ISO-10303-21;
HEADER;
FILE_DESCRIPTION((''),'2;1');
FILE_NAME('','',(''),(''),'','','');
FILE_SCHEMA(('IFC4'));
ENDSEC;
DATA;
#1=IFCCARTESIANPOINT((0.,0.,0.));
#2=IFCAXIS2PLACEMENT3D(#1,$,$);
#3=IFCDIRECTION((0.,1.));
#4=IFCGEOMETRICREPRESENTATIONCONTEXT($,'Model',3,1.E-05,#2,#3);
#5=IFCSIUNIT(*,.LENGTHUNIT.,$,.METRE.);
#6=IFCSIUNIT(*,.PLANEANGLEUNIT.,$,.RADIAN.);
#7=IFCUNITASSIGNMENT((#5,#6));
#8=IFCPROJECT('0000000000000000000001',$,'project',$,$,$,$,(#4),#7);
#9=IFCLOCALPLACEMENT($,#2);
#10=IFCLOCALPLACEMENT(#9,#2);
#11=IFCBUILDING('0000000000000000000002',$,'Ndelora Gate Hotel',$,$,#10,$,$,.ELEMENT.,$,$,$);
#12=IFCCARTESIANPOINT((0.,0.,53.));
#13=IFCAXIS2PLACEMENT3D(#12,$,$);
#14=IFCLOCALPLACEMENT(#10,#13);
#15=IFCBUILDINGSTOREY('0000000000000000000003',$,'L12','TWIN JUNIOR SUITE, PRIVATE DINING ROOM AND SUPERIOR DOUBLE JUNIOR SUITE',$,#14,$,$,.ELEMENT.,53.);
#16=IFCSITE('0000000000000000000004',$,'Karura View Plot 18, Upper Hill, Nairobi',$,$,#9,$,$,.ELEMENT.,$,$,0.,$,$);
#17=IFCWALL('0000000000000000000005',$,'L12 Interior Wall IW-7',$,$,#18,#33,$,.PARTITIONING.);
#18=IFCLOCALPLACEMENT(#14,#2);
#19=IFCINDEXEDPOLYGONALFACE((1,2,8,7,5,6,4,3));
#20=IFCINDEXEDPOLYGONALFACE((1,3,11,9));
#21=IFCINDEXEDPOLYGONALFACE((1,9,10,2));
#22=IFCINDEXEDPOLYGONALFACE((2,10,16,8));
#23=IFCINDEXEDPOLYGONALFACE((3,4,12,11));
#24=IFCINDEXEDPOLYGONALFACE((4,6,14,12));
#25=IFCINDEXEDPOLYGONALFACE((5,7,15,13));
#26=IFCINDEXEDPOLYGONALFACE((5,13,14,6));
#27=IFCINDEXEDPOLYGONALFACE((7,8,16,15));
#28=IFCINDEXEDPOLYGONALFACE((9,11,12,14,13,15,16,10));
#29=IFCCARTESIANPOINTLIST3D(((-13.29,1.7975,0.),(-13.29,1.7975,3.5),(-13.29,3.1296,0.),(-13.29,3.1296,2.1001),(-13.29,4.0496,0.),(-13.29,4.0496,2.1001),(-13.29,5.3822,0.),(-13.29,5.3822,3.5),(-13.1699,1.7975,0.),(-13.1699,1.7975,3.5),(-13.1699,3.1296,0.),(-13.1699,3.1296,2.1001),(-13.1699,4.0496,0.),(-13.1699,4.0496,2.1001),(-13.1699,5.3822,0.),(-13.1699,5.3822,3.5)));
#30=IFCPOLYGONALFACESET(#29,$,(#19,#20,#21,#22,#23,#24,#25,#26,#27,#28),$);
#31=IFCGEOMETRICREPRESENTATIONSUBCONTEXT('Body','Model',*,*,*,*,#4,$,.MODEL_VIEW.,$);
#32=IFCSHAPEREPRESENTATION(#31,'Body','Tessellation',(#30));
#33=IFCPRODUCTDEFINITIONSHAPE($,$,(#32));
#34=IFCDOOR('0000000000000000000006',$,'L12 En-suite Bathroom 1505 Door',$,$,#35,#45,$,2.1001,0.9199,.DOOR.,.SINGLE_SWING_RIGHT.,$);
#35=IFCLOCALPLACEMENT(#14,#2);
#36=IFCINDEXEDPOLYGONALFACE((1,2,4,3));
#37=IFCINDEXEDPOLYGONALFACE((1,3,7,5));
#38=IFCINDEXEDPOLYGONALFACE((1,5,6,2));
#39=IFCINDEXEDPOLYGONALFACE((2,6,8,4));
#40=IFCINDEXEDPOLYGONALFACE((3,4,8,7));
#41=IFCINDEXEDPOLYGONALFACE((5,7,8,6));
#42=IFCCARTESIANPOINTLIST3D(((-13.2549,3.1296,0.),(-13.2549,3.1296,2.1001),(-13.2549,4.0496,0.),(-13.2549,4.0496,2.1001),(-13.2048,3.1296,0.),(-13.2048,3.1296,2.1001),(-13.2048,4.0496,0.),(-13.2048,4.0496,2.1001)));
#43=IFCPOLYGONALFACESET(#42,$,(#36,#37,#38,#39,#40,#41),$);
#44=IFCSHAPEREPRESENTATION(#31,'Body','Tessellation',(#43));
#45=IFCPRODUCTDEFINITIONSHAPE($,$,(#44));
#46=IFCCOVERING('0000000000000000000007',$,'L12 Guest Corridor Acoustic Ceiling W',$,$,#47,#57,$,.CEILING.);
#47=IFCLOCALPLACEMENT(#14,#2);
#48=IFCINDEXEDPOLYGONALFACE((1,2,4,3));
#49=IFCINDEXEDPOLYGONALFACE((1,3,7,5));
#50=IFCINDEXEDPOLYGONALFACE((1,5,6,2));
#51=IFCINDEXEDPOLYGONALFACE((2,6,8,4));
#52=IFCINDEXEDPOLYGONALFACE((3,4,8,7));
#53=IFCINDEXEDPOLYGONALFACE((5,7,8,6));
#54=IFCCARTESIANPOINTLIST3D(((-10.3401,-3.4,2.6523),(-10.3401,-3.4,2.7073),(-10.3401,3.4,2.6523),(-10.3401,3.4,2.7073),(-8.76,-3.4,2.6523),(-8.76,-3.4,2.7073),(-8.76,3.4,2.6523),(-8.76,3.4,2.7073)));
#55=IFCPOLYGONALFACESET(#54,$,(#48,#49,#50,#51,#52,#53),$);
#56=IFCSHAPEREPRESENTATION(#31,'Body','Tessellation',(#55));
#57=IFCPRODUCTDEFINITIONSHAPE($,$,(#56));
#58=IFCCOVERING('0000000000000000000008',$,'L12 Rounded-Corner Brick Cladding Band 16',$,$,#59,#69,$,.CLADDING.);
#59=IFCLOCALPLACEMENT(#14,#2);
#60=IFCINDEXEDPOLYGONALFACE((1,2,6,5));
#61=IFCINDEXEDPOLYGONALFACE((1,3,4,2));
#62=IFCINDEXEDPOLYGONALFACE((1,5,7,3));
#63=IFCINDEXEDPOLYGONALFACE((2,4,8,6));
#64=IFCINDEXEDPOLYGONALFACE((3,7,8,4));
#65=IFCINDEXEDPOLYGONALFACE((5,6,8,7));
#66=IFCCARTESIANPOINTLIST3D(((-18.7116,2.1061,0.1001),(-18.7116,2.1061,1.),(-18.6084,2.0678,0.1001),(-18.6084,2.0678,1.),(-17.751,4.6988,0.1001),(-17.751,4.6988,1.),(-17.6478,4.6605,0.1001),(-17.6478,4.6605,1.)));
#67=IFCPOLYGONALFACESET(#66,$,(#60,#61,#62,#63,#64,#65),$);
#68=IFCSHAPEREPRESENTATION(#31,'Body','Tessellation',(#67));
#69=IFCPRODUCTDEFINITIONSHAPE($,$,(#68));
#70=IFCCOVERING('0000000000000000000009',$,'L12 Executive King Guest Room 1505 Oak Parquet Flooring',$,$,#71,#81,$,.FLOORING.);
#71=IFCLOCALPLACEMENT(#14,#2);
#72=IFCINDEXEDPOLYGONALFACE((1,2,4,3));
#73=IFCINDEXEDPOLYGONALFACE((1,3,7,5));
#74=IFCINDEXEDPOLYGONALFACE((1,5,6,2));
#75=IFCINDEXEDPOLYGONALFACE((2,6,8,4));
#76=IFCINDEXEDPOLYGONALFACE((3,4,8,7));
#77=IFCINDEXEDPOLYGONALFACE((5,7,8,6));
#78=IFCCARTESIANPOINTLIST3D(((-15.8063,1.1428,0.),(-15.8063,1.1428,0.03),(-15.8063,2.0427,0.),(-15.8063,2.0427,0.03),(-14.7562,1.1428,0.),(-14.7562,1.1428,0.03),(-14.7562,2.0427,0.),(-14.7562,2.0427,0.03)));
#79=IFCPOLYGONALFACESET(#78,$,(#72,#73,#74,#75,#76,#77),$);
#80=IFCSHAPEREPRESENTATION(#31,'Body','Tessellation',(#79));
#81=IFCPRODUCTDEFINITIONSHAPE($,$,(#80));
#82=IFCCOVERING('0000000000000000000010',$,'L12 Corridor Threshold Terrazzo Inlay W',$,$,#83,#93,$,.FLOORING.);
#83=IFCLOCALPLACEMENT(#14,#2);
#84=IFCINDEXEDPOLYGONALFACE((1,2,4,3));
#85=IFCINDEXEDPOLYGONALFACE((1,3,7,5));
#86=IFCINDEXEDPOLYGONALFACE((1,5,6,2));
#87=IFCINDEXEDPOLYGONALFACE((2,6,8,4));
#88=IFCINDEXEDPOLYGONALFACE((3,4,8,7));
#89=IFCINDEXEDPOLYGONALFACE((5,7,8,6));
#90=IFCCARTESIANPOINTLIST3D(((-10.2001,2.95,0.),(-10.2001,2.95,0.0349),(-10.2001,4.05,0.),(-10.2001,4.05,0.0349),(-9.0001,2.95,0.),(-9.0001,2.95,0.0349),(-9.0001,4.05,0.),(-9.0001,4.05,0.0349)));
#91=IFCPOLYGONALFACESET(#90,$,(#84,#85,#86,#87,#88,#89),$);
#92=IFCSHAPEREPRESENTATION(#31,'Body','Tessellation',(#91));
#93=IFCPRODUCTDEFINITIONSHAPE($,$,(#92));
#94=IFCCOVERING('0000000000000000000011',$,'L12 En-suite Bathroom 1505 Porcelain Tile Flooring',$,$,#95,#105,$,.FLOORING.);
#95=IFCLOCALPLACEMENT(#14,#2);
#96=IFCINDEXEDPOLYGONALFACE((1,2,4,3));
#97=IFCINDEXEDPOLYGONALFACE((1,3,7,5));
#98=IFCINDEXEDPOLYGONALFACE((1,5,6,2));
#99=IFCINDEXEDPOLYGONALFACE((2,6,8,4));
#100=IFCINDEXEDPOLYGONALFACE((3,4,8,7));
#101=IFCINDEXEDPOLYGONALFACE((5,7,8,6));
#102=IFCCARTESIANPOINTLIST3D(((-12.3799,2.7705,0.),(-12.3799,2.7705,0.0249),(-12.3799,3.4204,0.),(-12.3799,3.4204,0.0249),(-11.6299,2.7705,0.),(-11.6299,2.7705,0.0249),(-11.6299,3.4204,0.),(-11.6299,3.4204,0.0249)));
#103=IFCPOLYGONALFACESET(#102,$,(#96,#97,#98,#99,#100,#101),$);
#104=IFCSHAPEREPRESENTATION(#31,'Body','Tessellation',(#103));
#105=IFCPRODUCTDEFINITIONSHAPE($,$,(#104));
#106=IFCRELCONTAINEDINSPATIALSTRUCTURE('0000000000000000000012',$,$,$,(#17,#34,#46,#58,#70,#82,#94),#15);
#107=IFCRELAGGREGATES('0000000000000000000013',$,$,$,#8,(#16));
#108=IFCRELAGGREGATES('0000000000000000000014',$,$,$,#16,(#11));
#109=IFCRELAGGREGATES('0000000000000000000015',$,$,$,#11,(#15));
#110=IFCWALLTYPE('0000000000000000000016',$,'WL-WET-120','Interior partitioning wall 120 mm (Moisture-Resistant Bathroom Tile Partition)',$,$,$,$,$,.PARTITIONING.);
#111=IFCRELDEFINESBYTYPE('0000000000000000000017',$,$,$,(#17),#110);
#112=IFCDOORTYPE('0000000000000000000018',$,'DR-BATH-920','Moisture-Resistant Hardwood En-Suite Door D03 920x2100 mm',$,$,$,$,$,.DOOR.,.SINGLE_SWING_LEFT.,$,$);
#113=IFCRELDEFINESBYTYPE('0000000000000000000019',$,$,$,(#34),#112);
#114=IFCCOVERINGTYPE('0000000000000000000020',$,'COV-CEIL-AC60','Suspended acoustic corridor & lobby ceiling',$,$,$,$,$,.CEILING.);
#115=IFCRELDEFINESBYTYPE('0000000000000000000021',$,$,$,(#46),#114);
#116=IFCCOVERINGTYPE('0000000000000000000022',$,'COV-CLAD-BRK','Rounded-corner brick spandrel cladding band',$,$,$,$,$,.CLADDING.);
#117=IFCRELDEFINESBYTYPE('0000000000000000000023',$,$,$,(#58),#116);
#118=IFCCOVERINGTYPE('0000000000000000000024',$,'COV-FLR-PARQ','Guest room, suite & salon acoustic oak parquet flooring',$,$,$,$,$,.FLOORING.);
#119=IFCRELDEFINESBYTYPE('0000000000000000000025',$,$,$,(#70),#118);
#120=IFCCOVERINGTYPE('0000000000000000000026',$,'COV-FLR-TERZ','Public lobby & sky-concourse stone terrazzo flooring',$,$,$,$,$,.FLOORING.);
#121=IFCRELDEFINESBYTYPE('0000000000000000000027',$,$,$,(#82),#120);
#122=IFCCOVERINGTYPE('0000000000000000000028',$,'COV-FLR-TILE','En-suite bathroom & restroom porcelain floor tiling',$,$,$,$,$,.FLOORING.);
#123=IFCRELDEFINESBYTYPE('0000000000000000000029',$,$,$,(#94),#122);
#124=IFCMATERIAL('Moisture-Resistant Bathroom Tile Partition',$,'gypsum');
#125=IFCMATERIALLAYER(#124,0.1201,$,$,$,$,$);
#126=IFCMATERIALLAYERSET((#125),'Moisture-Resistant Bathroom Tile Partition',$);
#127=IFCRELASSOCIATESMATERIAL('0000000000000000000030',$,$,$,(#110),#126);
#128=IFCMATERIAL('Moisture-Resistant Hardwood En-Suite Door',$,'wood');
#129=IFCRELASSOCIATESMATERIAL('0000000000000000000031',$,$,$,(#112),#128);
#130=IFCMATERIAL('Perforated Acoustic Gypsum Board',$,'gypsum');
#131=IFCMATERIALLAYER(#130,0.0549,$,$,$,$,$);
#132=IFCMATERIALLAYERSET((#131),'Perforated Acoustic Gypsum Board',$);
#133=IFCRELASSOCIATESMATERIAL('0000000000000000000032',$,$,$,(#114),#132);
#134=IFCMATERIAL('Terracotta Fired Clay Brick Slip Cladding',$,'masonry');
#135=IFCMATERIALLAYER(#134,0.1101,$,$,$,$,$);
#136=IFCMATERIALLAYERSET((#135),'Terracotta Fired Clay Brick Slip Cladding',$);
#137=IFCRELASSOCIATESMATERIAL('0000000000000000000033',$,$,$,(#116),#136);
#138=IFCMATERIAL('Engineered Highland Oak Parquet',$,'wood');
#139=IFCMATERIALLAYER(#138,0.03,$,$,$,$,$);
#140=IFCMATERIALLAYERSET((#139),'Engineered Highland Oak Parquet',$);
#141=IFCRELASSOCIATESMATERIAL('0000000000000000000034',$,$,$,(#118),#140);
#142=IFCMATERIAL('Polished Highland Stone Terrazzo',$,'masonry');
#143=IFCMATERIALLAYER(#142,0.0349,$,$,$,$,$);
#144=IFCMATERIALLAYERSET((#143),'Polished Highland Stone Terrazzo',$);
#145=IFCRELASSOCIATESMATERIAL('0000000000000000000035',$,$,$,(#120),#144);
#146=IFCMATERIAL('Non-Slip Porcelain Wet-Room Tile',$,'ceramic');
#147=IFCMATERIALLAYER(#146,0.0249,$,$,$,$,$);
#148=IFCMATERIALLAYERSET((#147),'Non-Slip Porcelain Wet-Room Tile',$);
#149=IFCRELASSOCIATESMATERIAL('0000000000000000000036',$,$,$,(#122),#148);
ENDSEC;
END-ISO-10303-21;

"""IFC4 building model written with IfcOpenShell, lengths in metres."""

from ifc_helpers import new_model, si_unit, direction, frame, frame_2d, origin, origin_2d, place, context, subcontext, project, spatial, rectangle, extrude, material, layer, layer_set, type_object, element, fill, save


model = new_model("IFC4")

# Units and contexts
model_context = context("Model", 3, precision=1e-05, world=origin(), true_north=direction((0.0, 1.0)))
body_context = subcontext(model_context, "Body", "Model", "MODEL_VIEW")
ifc_project = project(units=[si_unit("LENGTHUNIT", "METRE"), si_unit("PLANEANGLEUNIT", "RADIAN")], contexts=[model_context])

# Site, building, storey
site_placement = place(None, origin())
site = spatial("IfcSite", under=ifc_project, at=site_placement, Name="Karura View Plot 18, Upper Hill, Nairobi", CompositionType="ELEMENT", RefElevation=0.0)
building_placement = place(site_placement, origin())
building = spatial("IfcBuilding", under=site, at=building_placement, Name="Ndelora Gate Hotel", CompositionType="ELEMENT")
storey_placement = place(building_placement, frame((0.0, 0.0, 53.0)))
storey = spatial("IfcBuildingStorey", under=building, at=storey_placement, Name="L12", Description="TWIN JUNIOR SUITE, PRIVATE DINING ROOM AND SUPERIOR DOUBLE JUNIOR SUITE", CompositionType="ELEMENT", Elevation=53.0)

# Shared definitions
ifc_material_1 = material(Name="Moisture-Resistant Bathroom Tile Partition", Category="gypsum")
ifc_layer_1 = layer(ifc_material_1, 0.1201)
ifc_layer_set_1 = layer_set([ifc_layer_1], Name="Moisture-Resistant Bathroom Tile Partition")
wall_type_1 = type_object("IfcWallType", Name="WL-WET-120", Description="Interior partitioning wall 120 mm (Moisture-Resistant Bathroom Tile Partition)", PredefinedType="PARTITIONING", material=ifc_layer_set_1)

# Wall, opening, door
wall_1_placement = place(storey_placement, frame((-13.23, 1.7974, 0.0), z_axis=(0.0, 0.0, 1.0), x_axis=(0.0, 1.0, 0.0)))
wall_1 = element("IfcWall", 1, at=wall_1_placement, inside=storey, type_object=wall_type_1, Name="L12 Interior Wall IW-7", PredefinedType="PARTITIONING", context=body_context, shape_type="SweptSolid", body=[
    extrude(rectangle(XDim=3.5847, YDim=0.1201, at=frame_2d((1.7925, 0.0))), origin(), (0.0, 0.0, 1.0), 3.5),
])
opening_1_placement = place(wall_1_placement, frame((1.3323, 0.0, 0.0)))
opening_1 = element("IfcOpeningElement", 2, at=opening_1_placement, cuts=wall_1, PredefinedType="OPENING", context=body_context, shape_type="SweptSolid", body=[
    extrude(rectangle(XDim=0.9199, YDim=2.1001, at=frame_2d((0.46, 1.05))), frame((0.0, 0.0701, 0.0), z_axis=(0.0, -1.0, 0.0), x_axis=(1.0, 0.0, 0.0)), (0.0, 0.0, 1.0), 0.1401),
])
ifc_material_2 = material(Name="Moisture-Resistant Hardwood En-Suite Door", Category="wood")
door_type_1 = type_object("IfcDoorType", Name="DR-BATH-920", Description="Moisture-Resistant Hardwood En-Suite Door D03 920x2100 mm", OperationType="SINGLE_SWING_LEFT", PredefinedType="DOOR", material=ifc_material_2)
door_1_placement = place(opening_1_placement, origin())
door_1 = element("IfcDoor", 3, at=door_1_placement, inside=storey, type_object=door_type_1, Name="L12 En-suite Bathroom 1505 Door", OperationType="SINGLE_SWING_RIGHT", OverallHeight=2.1001, OverallWidth=0.9199, PredefinedType="DOOR", context=body_context, shape_type="SweptSolid", body=[
    extrude(rectangle(XDim=0.9199, YDim=2.1001, at=frame_2d((0.46, 1.05))), frame((0.0, 0.0249, 0.0), z_axis=(0.0, -1.0, 0.0), x_axis=(1.0, 0.0, 0.0)), (0.0, 0.0, 1.0), 0.05),
])
fill(opening_1, door_1)

# Coverings
ifc_material_3 = material(Name="Perforated Acoustic Gypsum Board", Category="gypsum")
ifc_layer_2 = layer(ifc_material_3, 0.0549)
ifc_layer_set_2 = layer_set([ifc_layer_2], Name="Perforated Acoustic Gypsum Board")
covering_type_1 = type_object("IfcCoveringType", Name="COV-CEIL-AC60", Description="Suspended acoustic corridor & lobby ceiling", PredefinedType="CEILING", material=ifc_layer_set_2)
covering_1_placement = place(storey_placement, frame((-9.55, 0.0, 2.6523), z_axis=(0.0, 0.0, 1.0), x_axis=(1.0, 0.0, 0.0)))
element("IfcCovering", 4, at=covering_1_placement, inside=storey, type_object=covering_type_1, Name="L12 Guest Corridor Acoustic Ceiling W", PredefinedType="CEILING", context=body_context, shape_type="SweptSolid", body=[
    extrude(rectangle(XDim=1.5801, YDim=6.8, at=origin_2d()), origin(), (0.0, 0.0, 1.0), 0.0549),
])
ifc_material_4 = material(Name="Terracotta Fired Clay Brick Slip Cladding", Category="masonry")
ifc_layer_3 = layer(ifc_material_4, 0.1101)
ifc_layer_set_3 = layer_set([ifc_layer_3], Name="Terracotta Fired Clay Brick Slip Cladding")
covering_type_2 = type_object("IfcCoveringType", Name="COV-CLAD-BRK", Description="Rounded-corner brick spandrel cladding band", PredefinedType="CLADDING", material=ifc_layer_set_3)
covering_2_placement = place(storey_placement, frame((-18.1797, 3.3833, 0.1001), z_axis=(0.0, 0.0, 1.0), x_axis=(0.347427, 0.937707, 0.0)))
element("IfcCovering", 5, at=covering_2_placement, inside=storey, type_object=covering_type_2, Name="L12 Rounded-Corner Brick Cladding Band 16", PredefinedType="CLADDING", context=body_context, shape_type="SweptSolid", body=[
    extrude(rectangle(XDim=2.7649, YDim=0.1101, at=origin_2d()), origin(), (0.0, 0.0, 1.0), 0.8999),
])
ifc_material_5 = material(Name="Engineered Highland Oak Parquet", Category="wood")
ifc_layer_4 = layer(ifc_material_5, 0.03)
ifc_layer_set_4 = layer_set([ifc_layer_4], Name="Engineered Highland Oak Parquet")
covering_type_3 = type_object("IfcCoveringType", Name="COV-FLR-PARQ", Description="Guest room, suite & salon acoustic oak parquet flooring", PredefinedType="FLOORING", material=ifc_layer_set_4)
covering_3_placement = place(storey_placement, frame((-15.2812, 1.5928, 0.0), z_axis=(0.0, 0.0, 1.0), x_axis=(1.0, 0.0, 0.0)))
element("IfcCovering", 6, at=covering_3_placement, inside=storey, type_object=covering_type_3, Name="L12 Executive King Guest Room 1505 Oak Parquet Flooring", PredefinedType="FLOORING", context=body_context, shape_type="SweptSolid", body=[
    extrude(rectangle(XDim=1.05, YDim=0.8999, at=origin_2d()), origin(), (0.0, 0.0, 1.0), 0.03),
])
ifc_material_6 = material(Name="Polished Highland Stone Terrazzo", Category="masonry")
ifc_layer_5 = layer(ifc_material_6, 0.0349)
ifc_layer_set_5 = layer_set([ifc_layer_5], Name="Polished Highland Stone Terrazzo")
covering_type_4 = type_object("IfcCoveringType", Name="COV-FLR-TERZ", Description="Public lobby & sky-concourse stone terrazzo flooring", PredefinedType="FLOORING", material=ifc_layer_set_5)
covering_4_placement = place(storey_placement, frame((-9.6001, 3.5, 0.0), z_axis=(0.0, 0.0, 1.0), x_axis=(1.0, 0.0, 0.0)))
element("IfcCovering", 7, at=covering_4_placement, inside=storey, type_object=covering_type_4, Name="L12 Corridor Threshold Terrazzo Inlay W", PredefinedType="FLOORING", context=body_context, shape_type="SweptSolid", body=[
    extrude(rectangle(XDim=1.2, YDim=1.1001, at=origin_2d()), origin(), (0.0, 0.0, 1.0), 0.0349),
])
ifc_material_7 = material(Name="Non-Slip Porcelain Wet-Room Tile", Category="ceramic")
ifc_layer_6 = layer(ifc_material_7, 0.0249)
ifc_layer_set_6 = layer_set([ifc_layer_6], Name="Non-Slip Porcelain Wet-Room Tile")
covering_type_5 = type_object("IfcCoveringType", Name="COV-FLR-TILE", Description="En-suite bathroom & restroom porcelain floor tiling", PredefinedType="FLOORING", material=ifc_layer_set_6)
covering_5_placement = place(storey_placement, frame((-12.0049, 3.0955, 0.0), z_axis=(0.0, 0.0, 1.0), x_axis=(1.0, 0.0, 0.0)))
element("IfcCovering", 8, at=covering_5_placement, inside=storey, type_object=covering_type_5, Name="L12 En-suite Bathroom 1505 Porcelain Tile Flooring", PredefinedType="FLOORING", context=body_context, shape_type="SweptSolid", body=[
    extrude(rectangle(XDim=0.75, YDim=0.6499, at=origin_2d()), origin(), (0.0, 0.0, 1.0), 0.0249),
])

save(model, "model.ifc")
